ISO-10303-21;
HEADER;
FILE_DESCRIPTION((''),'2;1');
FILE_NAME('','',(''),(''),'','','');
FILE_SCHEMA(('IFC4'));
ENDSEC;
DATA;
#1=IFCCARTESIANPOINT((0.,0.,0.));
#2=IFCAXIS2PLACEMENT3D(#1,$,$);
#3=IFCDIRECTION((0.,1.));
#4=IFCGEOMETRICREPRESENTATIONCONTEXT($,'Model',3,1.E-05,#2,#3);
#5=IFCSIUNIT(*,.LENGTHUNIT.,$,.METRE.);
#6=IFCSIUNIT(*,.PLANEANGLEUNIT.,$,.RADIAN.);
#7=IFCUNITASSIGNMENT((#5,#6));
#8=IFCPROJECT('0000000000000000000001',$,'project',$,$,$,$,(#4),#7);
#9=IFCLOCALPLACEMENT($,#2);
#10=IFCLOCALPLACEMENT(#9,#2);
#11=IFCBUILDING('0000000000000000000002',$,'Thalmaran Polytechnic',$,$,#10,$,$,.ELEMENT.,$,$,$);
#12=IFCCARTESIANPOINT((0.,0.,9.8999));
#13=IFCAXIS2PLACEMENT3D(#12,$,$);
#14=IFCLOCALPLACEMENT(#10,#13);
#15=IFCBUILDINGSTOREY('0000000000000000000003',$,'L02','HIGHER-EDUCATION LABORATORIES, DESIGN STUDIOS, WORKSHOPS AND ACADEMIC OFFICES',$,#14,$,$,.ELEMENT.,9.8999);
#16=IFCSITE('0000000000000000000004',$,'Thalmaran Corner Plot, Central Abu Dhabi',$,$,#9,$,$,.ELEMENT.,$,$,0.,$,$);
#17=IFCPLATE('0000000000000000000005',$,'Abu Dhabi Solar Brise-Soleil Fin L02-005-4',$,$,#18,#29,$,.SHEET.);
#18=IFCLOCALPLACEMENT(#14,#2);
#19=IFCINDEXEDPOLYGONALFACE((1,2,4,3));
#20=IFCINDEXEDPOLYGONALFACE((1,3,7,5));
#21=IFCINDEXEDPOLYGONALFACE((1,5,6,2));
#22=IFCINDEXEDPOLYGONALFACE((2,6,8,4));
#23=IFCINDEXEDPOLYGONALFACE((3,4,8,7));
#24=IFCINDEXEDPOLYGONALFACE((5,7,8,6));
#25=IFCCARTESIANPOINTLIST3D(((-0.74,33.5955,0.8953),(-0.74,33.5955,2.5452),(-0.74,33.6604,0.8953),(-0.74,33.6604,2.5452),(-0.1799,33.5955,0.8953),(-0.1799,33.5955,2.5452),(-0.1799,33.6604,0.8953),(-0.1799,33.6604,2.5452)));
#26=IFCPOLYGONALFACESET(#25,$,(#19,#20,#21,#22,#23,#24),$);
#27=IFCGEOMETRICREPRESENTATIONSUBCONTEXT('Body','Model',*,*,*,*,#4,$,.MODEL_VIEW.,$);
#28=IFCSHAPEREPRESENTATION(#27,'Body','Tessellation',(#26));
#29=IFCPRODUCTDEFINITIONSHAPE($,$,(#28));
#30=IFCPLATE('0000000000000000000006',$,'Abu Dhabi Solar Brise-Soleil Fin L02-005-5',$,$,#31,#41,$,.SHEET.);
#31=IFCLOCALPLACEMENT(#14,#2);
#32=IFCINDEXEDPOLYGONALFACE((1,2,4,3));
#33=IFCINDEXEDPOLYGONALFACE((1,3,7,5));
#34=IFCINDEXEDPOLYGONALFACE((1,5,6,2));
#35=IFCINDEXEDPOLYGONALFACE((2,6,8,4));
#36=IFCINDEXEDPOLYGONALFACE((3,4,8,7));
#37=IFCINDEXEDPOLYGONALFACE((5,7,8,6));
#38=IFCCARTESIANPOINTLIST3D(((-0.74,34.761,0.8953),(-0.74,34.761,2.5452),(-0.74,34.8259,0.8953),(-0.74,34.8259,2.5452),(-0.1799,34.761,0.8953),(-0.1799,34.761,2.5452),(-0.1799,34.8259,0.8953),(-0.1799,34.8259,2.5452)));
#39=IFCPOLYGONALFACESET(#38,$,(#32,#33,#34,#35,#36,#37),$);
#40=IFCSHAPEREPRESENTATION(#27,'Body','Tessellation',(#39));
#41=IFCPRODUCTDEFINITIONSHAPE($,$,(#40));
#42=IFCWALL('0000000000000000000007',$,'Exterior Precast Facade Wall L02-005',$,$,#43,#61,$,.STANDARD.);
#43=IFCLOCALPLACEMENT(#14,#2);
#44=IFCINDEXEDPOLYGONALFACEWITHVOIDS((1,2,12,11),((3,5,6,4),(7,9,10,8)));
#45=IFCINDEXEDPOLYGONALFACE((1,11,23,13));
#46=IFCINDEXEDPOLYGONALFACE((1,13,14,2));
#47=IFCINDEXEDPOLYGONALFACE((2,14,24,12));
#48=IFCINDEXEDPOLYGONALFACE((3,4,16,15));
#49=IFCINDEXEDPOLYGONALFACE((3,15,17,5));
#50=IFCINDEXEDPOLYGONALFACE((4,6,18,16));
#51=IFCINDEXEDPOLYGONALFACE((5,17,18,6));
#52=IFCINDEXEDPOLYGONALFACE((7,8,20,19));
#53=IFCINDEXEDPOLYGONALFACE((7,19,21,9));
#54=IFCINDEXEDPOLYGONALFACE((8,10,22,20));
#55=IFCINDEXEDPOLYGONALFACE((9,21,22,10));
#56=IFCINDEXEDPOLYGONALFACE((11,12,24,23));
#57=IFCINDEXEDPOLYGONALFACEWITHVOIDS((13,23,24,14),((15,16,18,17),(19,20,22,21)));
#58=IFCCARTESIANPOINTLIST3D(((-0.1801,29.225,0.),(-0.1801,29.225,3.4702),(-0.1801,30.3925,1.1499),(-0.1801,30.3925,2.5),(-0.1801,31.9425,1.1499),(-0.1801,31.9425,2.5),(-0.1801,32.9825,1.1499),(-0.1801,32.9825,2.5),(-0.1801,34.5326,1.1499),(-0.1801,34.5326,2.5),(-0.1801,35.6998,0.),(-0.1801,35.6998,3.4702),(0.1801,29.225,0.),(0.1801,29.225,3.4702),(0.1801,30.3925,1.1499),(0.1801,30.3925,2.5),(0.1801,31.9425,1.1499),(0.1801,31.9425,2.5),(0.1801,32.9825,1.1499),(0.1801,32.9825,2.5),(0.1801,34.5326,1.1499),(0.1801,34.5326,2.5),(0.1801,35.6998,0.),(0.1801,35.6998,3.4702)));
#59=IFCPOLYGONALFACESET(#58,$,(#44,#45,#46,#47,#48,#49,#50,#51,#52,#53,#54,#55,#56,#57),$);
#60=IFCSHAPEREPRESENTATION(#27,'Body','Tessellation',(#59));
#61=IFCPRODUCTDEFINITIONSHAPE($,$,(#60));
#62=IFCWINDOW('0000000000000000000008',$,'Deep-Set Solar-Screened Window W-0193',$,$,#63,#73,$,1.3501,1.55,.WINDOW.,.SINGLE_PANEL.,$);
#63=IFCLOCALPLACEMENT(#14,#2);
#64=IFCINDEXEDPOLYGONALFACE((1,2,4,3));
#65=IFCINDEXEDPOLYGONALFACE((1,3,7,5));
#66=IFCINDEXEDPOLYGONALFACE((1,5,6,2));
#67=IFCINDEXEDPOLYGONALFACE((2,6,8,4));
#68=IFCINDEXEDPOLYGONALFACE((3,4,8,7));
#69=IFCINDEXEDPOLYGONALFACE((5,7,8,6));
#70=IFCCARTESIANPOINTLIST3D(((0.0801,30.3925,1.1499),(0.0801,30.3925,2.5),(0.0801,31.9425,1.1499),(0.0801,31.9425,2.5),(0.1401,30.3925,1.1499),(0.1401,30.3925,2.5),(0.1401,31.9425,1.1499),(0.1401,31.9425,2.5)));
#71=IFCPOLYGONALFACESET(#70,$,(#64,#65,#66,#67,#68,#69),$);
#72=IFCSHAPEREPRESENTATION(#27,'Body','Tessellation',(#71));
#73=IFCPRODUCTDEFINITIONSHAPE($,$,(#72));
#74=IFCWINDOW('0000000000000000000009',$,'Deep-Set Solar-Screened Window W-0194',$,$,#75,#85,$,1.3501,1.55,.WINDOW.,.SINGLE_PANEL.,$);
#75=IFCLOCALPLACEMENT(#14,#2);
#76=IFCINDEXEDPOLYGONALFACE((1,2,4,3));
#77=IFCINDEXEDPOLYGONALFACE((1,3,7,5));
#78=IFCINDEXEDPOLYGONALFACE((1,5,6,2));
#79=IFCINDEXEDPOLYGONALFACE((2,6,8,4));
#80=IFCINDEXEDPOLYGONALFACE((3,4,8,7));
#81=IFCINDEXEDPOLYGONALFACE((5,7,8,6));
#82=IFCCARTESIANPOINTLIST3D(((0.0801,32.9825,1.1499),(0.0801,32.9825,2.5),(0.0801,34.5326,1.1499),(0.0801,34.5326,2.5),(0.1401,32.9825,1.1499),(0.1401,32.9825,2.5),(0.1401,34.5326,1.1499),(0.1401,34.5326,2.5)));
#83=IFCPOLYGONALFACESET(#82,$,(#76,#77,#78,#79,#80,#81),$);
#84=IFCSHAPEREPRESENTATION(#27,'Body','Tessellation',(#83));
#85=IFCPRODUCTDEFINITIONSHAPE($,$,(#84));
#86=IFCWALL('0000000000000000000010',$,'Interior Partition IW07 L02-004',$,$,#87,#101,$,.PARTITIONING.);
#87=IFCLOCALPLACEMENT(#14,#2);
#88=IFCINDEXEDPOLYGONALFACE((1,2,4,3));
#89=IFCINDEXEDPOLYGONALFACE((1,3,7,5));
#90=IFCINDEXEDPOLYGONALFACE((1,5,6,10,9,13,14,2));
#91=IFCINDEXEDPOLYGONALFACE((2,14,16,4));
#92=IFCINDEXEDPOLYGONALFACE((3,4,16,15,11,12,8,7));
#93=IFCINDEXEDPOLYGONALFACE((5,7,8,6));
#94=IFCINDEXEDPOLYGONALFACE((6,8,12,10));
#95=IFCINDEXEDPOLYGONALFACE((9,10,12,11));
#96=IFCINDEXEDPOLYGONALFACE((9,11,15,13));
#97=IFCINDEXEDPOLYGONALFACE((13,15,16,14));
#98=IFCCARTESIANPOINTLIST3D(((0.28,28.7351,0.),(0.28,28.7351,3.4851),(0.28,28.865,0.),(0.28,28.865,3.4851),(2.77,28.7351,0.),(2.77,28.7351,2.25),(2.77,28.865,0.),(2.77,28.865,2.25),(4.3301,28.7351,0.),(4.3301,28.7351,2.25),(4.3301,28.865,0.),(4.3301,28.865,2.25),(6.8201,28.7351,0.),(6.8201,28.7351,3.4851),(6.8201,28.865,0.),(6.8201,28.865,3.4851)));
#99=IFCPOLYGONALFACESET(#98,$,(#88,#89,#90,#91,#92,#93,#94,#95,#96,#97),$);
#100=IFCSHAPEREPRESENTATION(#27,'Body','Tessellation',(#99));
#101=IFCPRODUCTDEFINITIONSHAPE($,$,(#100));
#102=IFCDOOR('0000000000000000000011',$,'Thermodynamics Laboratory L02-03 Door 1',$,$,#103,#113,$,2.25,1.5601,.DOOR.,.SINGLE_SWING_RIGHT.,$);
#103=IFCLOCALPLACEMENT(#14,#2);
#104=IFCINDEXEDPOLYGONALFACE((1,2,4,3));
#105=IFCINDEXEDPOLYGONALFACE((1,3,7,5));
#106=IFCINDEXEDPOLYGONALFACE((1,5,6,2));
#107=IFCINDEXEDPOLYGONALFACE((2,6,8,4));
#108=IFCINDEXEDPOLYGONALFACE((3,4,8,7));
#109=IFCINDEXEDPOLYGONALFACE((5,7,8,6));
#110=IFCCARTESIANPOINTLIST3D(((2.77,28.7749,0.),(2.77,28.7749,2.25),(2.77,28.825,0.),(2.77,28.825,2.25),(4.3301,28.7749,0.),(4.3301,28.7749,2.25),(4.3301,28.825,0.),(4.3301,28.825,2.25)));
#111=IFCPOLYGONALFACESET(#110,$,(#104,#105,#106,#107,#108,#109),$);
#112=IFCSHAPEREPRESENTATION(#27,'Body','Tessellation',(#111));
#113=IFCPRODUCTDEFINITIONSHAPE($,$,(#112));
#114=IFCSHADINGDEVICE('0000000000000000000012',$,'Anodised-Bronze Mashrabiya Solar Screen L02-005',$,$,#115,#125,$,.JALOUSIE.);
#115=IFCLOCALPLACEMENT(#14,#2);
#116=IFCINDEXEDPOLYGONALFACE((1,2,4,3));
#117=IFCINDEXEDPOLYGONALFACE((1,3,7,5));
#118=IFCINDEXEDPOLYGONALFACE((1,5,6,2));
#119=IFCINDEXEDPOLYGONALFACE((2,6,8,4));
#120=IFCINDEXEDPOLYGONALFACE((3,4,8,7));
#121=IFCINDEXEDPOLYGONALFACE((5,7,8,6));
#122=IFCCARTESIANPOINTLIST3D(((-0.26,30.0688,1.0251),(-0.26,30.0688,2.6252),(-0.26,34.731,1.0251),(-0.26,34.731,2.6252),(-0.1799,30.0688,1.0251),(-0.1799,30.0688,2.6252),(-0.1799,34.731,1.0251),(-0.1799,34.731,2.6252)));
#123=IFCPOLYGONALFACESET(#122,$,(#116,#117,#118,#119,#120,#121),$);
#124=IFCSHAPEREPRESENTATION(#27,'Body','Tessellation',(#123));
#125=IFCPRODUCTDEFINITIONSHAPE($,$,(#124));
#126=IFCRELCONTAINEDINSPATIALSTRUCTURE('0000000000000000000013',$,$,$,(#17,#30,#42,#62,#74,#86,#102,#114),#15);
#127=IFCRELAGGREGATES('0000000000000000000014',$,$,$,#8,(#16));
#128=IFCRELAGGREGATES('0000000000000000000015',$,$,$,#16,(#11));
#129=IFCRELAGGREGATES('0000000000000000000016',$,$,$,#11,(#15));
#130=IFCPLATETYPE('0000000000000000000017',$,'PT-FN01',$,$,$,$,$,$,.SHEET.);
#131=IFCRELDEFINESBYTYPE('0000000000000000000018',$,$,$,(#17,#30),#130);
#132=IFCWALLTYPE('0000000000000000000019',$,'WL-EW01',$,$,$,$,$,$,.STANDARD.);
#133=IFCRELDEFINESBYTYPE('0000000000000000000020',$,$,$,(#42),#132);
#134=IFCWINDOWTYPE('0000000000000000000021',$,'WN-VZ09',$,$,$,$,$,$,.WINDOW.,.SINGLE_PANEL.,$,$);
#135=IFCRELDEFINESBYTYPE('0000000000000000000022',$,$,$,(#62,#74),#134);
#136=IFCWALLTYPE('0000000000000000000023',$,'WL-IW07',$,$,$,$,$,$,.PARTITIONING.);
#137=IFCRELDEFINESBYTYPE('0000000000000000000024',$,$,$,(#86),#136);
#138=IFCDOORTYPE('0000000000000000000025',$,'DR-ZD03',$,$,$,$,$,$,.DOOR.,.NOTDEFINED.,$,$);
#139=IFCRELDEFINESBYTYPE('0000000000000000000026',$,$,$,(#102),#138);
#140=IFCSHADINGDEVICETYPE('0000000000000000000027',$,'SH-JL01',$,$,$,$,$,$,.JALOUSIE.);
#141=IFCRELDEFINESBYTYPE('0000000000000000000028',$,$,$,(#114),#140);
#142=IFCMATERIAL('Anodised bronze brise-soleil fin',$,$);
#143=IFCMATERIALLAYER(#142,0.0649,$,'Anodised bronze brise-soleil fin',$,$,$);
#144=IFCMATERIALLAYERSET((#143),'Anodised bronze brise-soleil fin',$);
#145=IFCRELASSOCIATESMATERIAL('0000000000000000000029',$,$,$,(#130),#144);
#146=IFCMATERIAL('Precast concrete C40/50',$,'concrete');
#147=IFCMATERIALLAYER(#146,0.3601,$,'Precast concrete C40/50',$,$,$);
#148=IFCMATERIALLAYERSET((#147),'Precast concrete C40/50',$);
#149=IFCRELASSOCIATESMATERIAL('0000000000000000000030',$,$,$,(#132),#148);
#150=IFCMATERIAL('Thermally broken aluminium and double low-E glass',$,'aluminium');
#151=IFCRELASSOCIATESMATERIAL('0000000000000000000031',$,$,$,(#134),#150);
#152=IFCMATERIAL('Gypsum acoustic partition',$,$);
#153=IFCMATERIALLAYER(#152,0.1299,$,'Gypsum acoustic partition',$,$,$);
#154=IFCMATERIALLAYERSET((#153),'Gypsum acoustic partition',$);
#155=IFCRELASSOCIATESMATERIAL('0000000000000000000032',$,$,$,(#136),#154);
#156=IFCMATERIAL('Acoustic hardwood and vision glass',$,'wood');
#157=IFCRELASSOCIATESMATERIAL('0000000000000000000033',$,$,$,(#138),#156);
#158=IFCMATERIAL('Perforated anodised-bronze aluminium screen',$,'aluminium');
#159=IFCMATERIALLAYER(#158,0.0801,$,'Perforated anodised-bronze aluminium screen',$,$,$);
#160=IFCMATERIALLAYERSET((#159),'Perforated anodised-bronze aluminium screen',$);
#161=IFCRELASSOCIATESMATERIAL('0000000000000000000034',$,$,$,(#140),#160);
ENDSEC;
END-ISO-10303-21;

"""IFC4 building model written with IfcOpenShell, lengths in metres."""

from ifc_helpers import new_model, si_unit, direction, frame, frame_2d, origin, origin_2d, place, context, subcontext, project, spatial, rectangle, extrude, material, layer, layer_set, type_object, element, fill, save


model = new_model("IFC4")

# Units and contexts
model_context = context("Model", 3, precision=1e-05, world=origin(), true_north=direction((0.0, 1.0)))
body_context = subcontext(model_context, "Body", "Model", "MODEL_VIEW")
ifc_project = project(units=[si_unit("LENGTHUNIT", "METRE"), si_unit("PLANEANGLEUNIT", "RADIAN")], contexts=[model_context])

# Site, building, storey
site_placement = place(None, origin())
site = spatial("IfcSite", under=ifc_project, at=site_placement, Name="Thalmaran Corner Plot, Central Abu Dhabi", CompositionType="ELEMENT", RefElevation=0.0)
building_placement = place(site_placement, origin())
building = spatial("IfcBuilding", under=site, at=building_placement, Name="Thalmaran Polytechnic", CompositionType="ELEMENT")
storey_placement = place(building_placement, frame((0.0, 0.0, 9.8999)))
storey = spatial("IfcBuildingStorey", under=building, at=storey_placement, Name="L02", Description="HIGHER-EDUCATION LABORATORIES, DESIGN STUDIOS, WORKSHOPS AND ACADEMIC OFFICES", CompositionType="ELEMENT", Elevation=9.8999)

# Plates
ifc_material_1 = material(Name="Anodised bronze brise-soleil fin")
ifc_layer_1 = layer(ifc_material_1, 0.0649, Name="Anodised bronze brise-soleil fin")
ifc_layer_set_1 = layer_set([ifc_layer_1], Name="Anodised bronze brise-soleil fin")
plate_type_1 = type_object("IfcPlateType", Name="PT-FN01", PredefinedType="SHEET", material=ifc_layer_set_1)
for number, where, z_axis, x_axis, name in (
    (1, (-0.46, 33.6279, 0.8953), (0.0, 0.0, 1.0), (0.0, 1.0, 0.0), "Abu Dhabi Solar Brise-Soleil Fin L02-005-4"),
    (2, (-0.46, 34.7935, 0.8953), (0.0, 0.0, 1.0), (0.0, 1.0, 0.0), "Abu Dhabi Solar Brise-Soleil Fin L02-005-5"),
):
    element("IfcPlate", number, at=place(storey_placement, frame(where, z_axis=z_axis, x_axis=x_axis)), inside=storey, type_object=plate_type_1, Name=name, PredefinedType="SHEET", context=body_context, shape_type="SweptSolid", body=[
        extrude(rectangle(XDim=0.0649, YDim=0.5601, at=origin_2d()), origin(), (0.0, 0.0, 1.0), 1.6499),
    ])

# Wall, openings, windows
ifc_material_2 = material(Name="Precast concrete C40/50", Category="concrete")
ifc_layer_2 = layer(ifc_material_2, 0.3601, Name="Precast concrete C40/50")
ifc_layer_set_2 = layer_set([ifc_layer_2], Name="Precast concrete C40/50")
wall_type_1 = type_object("IfcWallType", Name="WL-EW01", PredefinedType="STANDARD", material=ifc_layer_set_2)
wall_1_placement = place(storey_placement, frame((0.0, 29.2251, 0.0), z_axis=(0.0, 0.0, 1.0), x_axis=(0.0, 1.0, 0.0)))
wall_1 = element("IfcWall", 3, at=wall_1_placement, inside=storey, type_object=wall_type_1, Name="Exterior Precast Facade Wall L02-005", PredefinedType="STANDARD", context=body_context, shape_type="SweptSolid", body=[
    extrude(rectangle(XDim=6.4749, YDim=0.3601, at=frame_2d((3.2373, 0.0))), origin(), (0.0, 0.0, 1.0), 3.4702),
])
opening_1_placement = place(wall_1_placement, frame((1.1675, 0.0, 1.1499)))
opening_1 = element("IfcOpeningElement", 4, at=opening_1_placement, cuts=wall_1, PredefinedType="OPENING", context=body_context, shape_type="SweptSolid", body=[
    extrude(rectangle(XDim=1.55, YDim=1.3501, at=frame_2d((0.7749, 0.675))), frame((0.0, 0.1899, 0.0), z_axis=(0.0, -1.0, 0.0), x_axis=(1.0, 0.0, 0.0)), (0.0, 0.0, 1.0), 0.3801),
])
opening_2_placement = place(wall_1_placement, frame((3.7576, 0.0, 1.1499)))
opening_2 = element("IfcOpeningElement", 5, at=opening_2_placement, cuts=wall_1, PredefinedType="OPENING", context=body_context, shape_type="SweptSolid", body=[
    extrude(rectangle(XDim=1.55, YDim=1.3501, at=frame_2d((0.7749, 0.675))), frame((0.0, 0.1899, 0.0), z_axis=(0.0, -1.0, 0.0), x_axis=(1.0, 0.0, 0.0)), (0.0, 0.0, 1.0), 0.3801),
])
ifc_material_3 = material(Name="Thermally broken aluminium and double low-E glass", Category="aluminium")
window_type = type_object("IfcWindowType", Name="WN-VZ09", PartitioningType="SINGLE_PANEL", PredefinedType="WINDOW", material=ifc_material_3)
window_1_placement = place(opening_1_placement, origin())
window_1 = element("IfcWindow", 6, at=window_1_placement, inside=storey, type_object=window_type, Name="Deep-Set Solar-Screened Window W-0193", OverallHeight=1.3501, OverallWidth=1.55, PartitioningType="SINGLE_PANEL", PredefinedType="WINDOW", context=body_context, shape_type="SweptSolid", body=[
    extrude(rectangle(XDim=1.55, YDim=1.3501, at=frame_2d((0.7749, 0.675))), frame((0.0, -0.0801, 0.0), z_axis=(0.0, -1.0, 0.0), x_axis=(1.0, 0.0, 0.0)), (0.0, 0.0, 1.0), 0.0601),
])
fill(opening_1, window_1)
window_2_placement = place(opening_2_placement, origin())
window_2 = element("IfcWindow", 7, at=window_2_placement, inside=storey, type_object=window_type, Name="Deep-Set Solar-Screened Window W-0194", OverallHeight=1.3501, OverallWidth=1.55, PartitioningType="SINGLE_PANEL", PredefinedType="WINDOW", context=body_context, shape_type="SweptSolid", body=[
    extrude(rectangle(XDim=1.55, YDim=1.3501, at=frame_2d((0.7749, 0.675))), frame((0.0, -0.0801, 0.0), z_axis=(0.0, -1.0, 0.0), x_axis=(1.0, 0.0, 0.0)), (0.0, 0.0, 1.0), 0.0601),
])
fill(opening_2, window_2)

# Wall, opening, door
ifc_material_4 = material(Name="Gypsum acoustic partition")
ifc_layer_3 = layer(ifc_material_4, 0.1299, Name="Gypsum acoustic partition")
ifc_layer_set_3 = layer_set([ifc_layer_3], Name="Gypsum acoustic partition")
wall_type_2 = type_object("IfcWallType", Name="WL-IW07", PredefinedType="PARTITIONING", material=ifc_layer_set_3)
wall_2_placement = place(storey_placement, frame((0.28, 28.8, 0.0), z_axis=(0.0, 0.0, 1.0), x_axis=(1.0, 0.0, 0.0)))
wall_2 = element("IfcWall", 8, at=wall_2_placement, inside=storey, type_object=wall_type_2, Name="Interior Partition IW07 L02-004", PredefinedType="PARTITIONING", context=body_context, shape_type="SweptSolid", body=[
    extrude(rectangle(XDim=6.54, YDim=0.1299, at=frame_2d((3.27, 0.0))), origin(), (0.0, 0.0, 1.0), 3.4851),
])
opening_3_placement = place(wall_2_placement, frame((2.49, 0.0, 0.0)))
opening_3 = element("IfcOpeningElement", 9, at=opening_3_placement, cuts=wall_2, PredefinedType="OPENING", context=body_context, shape_type="SweptSolid", body=[
    extrude(rectangle(XDim=1.5601, YDim=2.25, at=frame_2d((0.78, 1.125))), frame((0.0, 0.075, 0.0), z_axis=(0.0, -1.0, 0.0), x_axis=(1.0, 0.0, 0.0)), (0.0, 0.0, 1.0), 0.1499),
])
ifc_material_5 = material(Name="Acoustic hardwood and vision glass", Category="wood")
door_type = type_object("IfcDoorType", Name="DR-ZD03", OperationType="NOTDEFINED", PredefinedType="DOOR", material=ifc_material_5)
door_placement = place(opening_3_placement, origin())
door = element("IfcDoor", 10, at=door_placement, inside=storey, type_object=door_type, Name="Thermodynamics Laboratory L02-03 Door 1", OperationType="SINGLE_SWING_RIGHT", OverallHeight=2.25, OverallWidth=1.5601, PredefinedType="DOOR", context=body_context, shape_type="SweptSolid", body=[
    extrude(rectangle(XDim=1.5601, YDim=2.25, at=frame_2d((0.78, 1.125))), frame((0.0, 0.0249, 0.0), z_axis=(0.0, -1.0, 0.0), x_axis=(1.0, 0.0, 0.0)), (0.0, 0.0, 1.0), 0.05),
])
fill(opening_3, door)

# Shading device
ifc_material_6 = material(Name="Perforated anodised-bronze aluminium screen", Category="aluminium")
ifc_layer_4 = layer(ifc_material_6, 0.0801, Name="Perforated anodised-bronze aluminium screen")
ifc_layer_set_4 = layer_set([ifc_layer_4], Name="Perforated anodised-bronze aluminium screen")
shading_device_type = type_object("IfcShadingDeviceType", Name="SH-JL01", PredefinedType="JALOUSIE", material=ifc_layer_set_4)
shading_device_placement = place(storey_placement, frame((-0.22, 32.3999, 1.0251), z_axis=(0.0, 0.0, 1.0), x_axis=(0.0, 1.0, 0.0)))
element("IfcShadingDevice", 11, at=shading_device_placement, inside=storey, type_object=shading_device_type, Name="Anodised-Bronze Mashrabiya Solar Screen L02-005", PredefinedType="JALOUSIE", context=body_context, shape_type="SweptSolid", body=[
    extrude(rectangle(XDim=4.6621, YDim=0.0801, at=origin_2d()), origin(), (0.0, 0.0, 1.0), 1.6001),
])

save(model, "model.ifc")
